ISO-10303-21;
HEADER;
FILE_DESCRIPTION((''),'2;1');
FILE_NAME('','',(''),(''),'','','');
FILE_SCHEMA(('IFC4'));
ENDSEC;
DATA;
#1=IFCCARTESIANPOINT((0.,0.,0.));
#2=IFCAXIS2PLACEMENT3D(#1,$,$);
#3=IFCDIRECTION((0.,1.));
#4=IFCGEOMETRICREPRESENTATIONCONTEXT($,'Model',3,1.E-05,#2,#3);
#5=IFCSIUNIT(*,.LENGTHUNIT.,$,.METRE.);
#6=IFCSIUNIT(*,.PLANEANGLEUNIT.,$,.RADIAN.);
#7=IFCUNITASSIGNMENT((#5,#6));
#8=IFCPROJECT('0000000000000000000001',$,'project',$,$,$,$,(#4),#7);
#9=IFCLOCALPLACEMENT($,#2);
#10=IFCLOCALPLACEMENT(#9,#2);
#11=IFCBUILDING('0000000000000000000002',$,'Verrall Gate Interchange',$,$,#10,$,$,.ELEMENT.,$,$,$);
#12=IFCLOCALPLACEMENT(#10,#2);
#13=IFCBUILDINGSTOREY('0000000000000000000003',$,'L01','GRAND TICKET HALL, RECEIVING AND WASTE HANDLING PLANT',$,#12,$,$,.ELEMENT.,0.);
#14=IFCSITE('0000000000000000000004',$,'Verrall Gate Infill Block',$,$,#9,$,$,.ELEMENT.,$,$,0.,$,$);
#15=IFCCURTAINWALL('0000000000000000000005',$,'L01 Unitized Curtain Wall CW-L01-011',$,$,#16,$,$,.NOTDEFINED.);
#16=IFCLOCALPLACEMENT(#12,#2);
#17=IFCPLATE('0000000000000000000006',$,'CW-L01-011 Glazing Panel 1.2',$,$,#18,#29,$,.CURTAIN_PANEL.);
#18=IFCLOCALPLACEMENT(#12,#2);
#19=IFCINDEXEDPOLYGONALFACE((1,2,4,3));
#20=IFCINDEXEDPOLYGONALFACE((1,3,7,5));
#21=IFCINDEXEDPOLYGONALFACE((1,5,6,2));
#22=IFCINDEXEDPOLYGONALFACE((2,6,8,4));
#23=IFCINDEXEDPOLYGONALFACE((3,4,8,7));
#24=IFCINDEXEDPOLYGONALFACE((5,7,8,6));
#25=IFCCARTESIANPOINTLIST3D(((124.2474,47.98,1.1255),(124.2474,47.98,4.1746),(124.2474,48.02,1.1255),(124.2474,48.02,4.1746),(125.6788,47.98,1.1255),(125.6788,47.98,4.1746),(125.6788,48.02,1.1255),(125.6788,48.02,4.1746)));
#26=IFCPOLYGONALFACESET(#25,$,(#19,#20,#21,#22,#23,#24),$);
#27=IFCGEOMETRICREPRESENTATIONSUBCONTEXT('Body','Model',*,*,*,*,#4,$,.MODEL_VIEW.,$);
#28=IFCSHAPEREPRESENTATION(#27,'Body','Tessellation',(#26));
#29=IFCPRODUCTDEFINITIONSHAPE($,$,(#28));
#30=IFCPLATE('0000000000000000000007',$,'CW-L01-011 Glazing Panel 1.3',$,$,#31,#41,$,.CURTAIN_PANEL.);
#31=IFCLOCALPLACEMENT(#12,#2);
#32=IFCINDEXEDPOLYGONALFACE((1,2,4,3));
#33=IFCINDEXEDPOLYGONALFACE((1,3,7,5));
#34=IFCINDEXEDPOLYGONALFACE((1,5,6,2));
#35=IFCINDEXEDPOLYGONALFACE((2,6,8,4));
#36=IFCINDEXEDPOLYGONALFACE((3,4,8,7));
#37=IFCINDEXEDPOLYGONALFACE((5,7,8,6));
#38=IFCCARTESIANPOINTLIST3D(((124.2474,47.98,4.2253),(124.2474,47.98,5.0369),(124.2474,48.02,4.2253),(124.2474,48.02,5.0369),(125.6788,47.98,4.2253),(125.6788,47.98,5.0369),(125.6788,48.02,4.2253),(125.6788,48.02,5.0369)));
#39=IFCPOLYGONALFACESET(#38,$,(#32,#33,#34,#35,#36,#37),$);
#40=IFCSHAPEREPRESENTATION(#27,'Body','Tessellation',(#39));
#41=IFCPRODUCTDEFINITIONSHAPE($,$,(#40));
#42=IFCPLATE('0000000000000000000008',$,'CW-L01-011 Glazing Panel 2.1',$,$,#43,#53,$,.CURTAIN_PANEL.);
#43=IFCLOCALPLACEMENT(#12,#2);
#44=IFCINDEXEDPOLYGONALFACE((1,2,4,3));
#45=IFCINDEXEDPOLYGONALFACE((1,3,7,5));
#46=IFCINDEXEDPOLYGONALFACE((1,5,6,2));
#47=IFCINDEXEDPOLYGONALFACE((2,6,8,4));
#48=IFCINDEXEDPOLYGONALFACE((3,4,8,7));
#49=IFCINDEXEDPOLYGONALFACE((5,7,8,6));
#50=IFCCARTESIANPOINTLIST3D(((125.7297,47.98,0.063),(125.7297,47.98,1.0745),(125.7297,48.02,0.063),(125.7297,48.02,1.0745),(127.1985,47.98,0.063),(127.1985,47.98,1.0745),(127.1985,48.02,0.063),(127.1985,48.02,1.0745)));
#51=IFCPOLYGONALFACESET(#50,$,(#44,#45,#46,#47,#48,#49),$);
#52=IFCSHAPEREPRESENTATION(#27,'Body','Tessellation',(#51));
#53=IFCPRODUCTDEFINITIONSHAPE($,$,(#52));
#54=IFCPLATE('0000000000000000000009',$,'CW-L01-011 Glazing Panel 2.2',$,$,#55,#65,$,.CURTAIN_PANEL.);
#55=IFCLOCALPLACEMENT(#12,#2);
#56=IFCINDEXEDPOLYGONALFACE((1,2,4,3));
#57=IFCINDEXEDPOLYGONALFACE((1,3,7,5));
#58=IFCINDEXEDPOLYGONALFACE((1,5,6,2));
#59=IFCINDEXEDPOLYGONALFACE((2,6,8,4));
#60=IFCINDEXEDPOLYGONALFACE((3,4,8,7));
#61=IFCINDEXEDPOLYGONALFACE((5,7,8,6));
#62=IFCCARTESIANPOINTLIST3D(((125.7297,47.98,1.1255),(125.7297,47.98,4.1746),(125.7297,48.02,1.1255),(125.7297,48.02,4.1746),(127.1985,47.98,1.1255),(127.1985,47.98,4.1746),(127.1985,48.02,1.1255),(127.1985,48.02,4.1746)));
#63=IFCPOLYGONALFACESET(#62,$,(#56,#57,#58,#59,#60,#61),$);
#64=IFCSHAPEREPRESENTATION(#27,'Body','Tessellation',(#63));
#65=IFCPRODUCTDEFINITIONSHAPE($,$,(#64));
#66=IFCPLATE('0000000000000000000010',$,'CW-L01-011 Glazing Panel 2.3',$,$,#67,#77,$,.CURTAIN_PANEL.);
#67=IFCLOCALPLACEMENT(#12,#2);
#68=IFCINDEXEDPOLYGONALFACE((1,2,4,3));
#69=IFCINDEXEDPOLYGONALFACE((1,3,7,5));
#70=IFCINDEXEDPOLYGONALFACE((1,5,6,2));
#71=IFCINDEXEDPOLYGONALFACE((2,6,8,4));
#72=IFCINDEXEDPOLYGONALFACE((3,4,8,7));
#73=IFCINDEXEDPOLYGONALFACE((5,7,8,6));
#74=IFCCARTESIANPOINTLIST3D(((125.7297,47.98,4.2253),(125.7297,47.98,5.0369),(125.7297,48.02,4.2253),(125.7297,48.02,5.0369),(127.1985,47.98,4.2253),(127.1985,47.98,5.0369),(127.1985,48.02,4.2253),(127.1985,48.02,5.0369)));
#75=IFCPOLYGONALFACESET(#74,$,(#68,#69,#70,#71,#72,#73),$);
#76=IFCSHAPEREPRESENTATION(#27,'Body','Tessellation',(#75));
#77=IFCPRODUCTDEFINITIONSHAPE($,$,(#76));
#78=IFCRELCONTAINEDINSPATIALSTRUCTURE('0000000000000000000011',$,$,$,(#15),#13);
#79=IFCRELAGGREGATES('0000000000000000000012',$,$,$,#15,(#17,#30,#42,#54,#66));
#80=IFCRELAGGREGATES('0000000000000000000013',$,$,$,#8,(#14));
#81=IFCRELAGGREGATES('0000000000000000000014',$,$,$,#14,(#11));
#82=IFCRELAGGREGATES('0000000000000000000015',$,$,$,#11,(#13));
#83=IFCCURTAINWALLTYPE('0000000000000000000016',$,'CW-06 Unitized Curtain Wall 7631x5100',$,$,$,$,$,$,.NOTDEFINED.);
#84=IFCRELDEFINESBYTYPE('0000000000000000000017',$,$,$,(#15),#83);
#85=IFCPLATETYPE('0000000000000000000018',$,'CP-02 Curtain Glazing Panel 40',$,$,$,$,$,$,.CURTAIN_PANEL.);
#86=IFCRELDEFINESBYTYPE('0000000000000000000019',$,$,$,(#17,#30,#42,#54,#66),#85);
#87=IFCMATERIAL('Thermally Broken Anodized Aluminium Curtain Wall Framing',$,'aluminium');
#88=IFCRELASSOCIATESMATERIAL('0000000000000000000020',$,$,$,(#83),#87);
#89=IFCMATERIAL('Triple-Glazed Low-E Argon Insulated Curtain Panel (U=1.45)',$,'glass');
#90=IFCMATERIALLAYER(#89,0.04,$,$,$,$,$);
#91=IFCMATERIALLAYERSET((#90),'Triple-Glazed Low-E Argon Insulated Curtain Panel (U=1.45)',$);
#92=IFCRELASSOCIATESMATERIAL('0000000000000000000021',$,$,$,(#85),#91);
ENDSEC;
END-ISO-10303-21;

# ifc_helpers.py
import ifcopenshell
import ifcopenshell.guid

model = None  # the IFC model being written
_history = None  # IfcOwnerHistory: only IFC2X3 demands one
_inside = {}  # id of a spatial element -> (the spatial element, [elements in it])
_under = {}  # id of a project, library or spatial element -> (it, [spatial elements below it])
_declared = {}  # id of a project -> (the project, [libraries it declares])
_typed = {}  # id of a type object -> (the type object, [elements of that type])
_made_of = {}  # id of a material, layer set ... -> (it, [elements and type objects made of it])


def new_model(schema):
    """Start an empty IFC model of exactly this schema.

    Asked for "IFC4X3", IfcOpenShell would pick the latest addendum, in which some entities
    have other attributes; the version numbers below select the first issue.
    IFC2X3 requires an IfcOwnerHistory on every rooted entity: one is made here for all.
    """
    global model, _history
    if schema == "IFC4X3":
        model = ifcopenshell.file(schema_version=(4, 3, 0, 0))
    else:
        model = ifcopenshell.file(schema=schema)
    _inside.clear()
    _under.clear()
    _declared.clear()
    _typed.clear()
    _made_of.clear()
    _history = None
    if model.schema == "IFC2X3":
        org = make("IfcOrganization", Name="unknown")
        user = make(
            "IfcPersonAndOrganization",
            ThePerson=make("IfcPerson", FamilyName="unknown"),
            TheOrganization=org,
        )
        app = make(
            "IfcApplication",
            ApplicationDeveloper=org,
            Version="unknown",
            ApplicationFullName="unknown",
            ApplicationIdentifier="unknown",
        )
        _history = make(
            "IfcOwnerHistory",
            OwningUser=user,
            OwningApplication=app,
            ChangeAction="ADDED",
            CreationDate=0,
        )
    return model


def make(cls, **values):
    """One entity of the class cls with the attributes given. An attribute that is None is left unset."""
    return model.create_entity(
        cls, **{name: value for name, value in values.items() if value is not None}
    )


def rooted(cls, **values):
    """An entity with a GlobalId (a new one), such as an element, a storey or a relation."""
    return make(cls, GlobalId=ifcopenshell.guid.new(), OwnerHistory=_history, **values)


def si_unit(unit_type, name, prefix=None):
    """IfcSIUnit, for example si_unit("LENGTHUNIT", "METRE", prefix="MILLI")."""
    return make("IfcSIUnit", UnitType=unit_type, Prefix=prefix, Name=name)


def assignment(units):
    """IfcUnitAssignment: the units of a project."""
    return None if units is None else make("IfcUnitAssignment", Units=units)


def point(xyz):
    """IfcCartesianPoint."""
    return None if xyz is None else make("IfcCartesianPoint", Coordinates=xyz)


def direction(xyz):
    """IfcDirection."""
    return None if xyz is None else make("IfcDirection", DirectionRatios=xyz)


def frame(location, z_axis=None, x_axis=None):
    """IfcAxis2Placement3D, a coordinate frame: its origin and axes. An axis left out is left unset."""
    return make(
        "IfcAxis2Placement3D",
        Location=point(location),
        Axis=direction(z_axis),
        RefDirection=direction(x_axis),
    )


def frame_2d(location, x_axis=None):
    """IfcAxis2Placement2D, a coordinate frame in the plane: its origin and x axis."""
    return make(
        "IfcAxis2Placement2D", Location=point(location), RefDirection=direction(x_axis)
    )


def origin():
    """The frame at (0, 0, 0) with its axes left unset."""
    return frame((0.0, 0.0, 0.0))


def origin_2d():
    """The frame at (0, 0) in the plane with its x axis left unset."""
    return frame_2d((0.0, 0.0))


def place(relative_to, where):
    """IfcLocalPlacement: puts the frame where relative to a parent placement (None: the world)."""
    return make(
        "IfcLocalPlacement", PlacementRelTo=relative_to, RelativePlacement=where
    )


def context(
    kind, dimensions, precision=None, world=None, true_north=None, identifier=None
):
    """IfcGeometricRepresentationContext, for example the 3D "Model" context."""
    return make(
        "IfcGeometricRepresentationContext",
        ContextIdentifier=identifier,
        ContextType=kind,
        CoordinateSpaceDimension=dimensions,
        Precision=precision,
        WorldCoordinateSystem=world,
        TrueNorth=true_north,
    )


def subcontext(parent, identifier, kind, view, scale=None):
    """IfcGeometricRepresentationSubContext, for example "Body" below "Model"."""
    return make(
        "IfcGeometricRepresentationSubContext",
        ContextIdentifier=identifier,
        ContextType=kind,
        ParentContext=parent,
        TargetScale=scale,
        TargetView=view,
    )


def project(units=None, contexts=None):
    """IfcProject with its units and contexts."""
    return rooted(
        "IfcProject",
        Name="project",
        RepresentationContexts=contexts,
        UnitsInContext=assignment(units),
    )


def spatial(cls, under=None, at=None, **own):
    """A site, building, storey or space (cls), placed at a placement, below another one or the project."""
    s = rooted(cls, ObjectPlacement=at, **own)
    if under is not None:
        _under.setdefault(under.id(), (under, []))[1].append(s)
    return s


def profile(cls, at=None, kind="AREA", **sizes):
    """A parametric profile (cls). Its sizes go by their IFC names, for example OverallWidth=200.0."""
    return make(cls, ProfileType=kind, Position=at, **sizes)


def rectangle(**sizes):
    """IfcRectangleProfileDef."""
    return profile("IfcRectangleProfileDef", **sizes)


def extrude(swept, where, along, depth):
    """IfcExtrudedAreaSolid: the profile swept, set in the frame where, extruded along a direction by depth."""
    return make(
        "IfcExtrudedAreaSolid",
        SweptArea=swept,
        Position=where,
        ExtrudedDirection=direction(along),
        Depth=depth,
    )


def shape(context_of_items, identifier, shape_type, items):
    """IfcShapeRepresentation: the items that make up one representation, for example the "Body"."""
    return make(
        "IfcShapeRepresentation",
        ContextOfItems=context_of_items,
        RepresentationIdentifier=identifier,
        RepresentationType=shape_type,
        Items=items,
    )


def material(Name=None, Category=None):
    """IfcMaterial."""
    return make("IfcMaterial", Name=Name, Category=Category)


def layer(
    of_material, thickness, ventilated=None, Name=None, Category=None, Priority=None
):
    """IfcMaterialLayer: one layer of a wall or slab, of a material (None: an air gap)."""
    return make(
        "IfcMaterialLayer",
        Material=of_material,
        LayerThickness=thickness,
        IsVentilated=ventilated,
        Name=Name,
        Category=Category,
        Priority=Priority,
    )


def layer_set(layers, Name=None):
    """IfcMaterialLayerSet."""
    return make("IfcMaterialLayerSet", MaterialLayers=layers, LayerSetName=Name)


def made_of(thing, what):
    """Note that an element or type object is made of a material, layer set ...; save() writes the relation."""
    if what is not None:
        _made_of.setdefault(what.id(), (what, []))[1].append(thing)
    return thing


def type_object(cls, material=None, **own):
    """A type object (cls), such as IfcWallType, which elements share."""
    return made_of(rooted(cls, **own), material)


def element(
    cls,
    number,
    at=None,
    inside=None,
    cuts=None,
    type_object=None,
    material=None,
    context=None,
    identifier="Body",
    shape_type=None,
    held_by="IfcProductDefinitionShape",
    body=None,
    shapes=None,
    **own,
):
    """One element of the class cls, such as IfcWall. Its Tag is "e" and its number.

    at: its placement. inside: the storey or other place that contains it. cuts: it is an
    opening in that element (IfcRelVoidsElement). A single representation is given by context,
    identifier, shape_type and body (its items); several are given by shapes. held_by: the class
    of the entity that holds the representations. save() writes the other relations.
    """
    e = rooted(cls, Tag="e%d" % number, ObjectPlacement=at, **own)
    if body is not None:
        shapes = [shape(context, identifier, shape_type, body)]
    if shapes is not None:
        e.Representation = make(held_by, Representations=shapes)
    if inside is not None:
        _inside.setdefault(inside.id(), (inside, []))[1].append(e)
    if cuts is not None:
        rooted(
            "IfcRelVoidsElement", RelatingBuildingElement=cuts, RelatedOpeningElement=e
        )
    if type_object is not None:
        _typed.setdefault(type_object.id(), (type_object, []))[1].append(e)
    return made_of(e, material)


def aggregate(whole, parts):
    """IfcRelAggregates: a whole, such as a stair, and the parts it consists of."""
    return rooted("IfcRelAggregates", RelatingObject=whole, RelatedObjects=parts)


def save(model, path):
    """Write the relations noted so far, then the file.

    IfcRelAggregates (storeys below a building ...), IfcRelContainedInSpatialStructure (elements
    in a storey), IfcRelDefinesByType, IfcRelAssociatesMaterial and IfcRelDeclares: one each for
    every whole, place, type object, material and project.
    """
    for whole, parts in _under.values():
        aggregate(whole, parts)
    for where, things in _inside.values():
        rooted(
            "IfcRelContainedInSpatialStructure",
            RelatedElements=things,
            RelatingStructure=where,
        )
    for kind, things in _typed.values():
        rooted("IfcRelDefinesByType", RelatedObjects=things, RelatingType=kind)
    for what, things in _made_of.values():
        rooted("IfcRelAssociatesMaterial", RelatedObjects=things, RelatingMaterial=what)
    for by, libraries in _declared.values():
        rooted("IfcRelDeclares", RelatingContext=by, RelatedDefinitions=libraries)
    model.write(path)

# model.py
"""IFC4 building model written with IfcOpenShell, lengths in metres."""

from ifc_helpers import new_model, si_unit, direction, frame, origin, origin_2d, place, context, subcontext, project, spatial, rectangle, extrude, material, layer, layer_set, type_object, element, aggregate, save


model = new_model("IFC4")

# Units and contexts
model_context = context("Model", 3, precision=1e-05, world=origin(), true_north=direction((0.0, 1.0)))
body_context = subcontext(model_context, "Body", "Model", "MODEL_VIEW")
ifc_project = project(units=[si_unit("LENGTHUNIT", "METRE"), si_unit("PLANEANGLEUNIT", "RADIAN")], contexts=[model_context])

# Site, building, storey
site_placement = place(None, origin())
site = spatial("IfcSite", under=ifc_project, at=site_placement, Name="Verrall Gate Infill Block", CompositionType="ELEMENT", RefElevation=0.0)
building_placement = place(site_placement, origin())
building = spatial("IfcBuilding", under=site, at=building_placement, Name="Verrall Gate Interchange", CompositionType="ELEMENT")
storey_placement = place(building_placement, origin())
storey = spatial("IfcBuildingStorey", under=building, at=storey_placement, Name="L01", Description="GRAND TICKET HALL, RECEIVING AND WASTE HANDLING PLANT", CompositionType="ELEMENT", Elevation=0.0)

# Shared definitions
ifc_material_1 = material(Name="Thermally Broken Anodized Aluminium Curtain Wall Framing", Category="aluminium")
curtain_wall_type = type_object("IfcCurtainWallType", Name="CW-06 Unitized Curtain Wall 7631x5100", PredefinedType="NOTDEFINED", material=ifc_material_1)

# Curtain wall
curtain_wall_1_placement = place(storey_placement, origin())
curtain_wall_1 = element("IfcCurtainWall", 1, at=curtain_wall_1_placement, inside=storey, type_object=curtain_wall_type, Name="L01 Unitized Curtain Wall CW-L01-011", PredefinedType="NOTDEFINED")

# Plates
ifc_material_2 = material(Name="Triple-Glazed Low-E Argon Insulated Curtain Panel (U=1.45)", Category="glass")
ifc_layer_1 = layer(ifc_material_2, 0.04)
ifc_layer_set_1 = layer_set([ifc_layer_1], Name="Triple-Glazed Low-E Argon Insulated Curtain Panel (U=1.45)")
plate_type_1 = type_object("IfcPlateType", Name="CP-02 Curtain Glazing Panel 40", PredefinedType="CURTAIN_PANEL", material=ifc_layer_set_1)
plate_1_placement = place(storey_placement, frame((124.9631, 48.0, 1.1255), z_axis=(0.0, 0.0, 1.0), x_axis=(1.0, 0.0, 0.0)))
plate_1 = element("IfcPlate", 2, at=plate_1_placement, type_object=plate_type_1, Name="CW-L01-011 Glazing Panel 1.2", PredefinedType="CURTAIN_PANEL", context=body_context, shape_type="SweptSolid", body=[
    extrude(rectangle(XDim=1.4314, YDim=0.04, at=origin_2d()), origin(), (0.0, 0.0, 1.0), 3.0491),
])
plate_2_placement = place(storey_placement, frame((124.9631, 48.0, 4.2253), z_axis=(0.0, 0.0, 1.0), x_axis=(1.0, 0.0, 0.0)))
plate_2 = element("IfcPlate", 3, at=plate_2_placement, type_object=plate_type_1, Name="CW-L01-011 Glazing Panel 1.3", PredefinedType="CURTAIN_PANEL", context=body_context, shape_type="SweptSolid", body=[
    extrude(rectangle(XDim=1.4314, YDim=0.04, at=origin_2d()), origin(), (0.0, 0.0, 1.0), 0.8115),
])
plate_3_placement = place(storey_placement, frame((126.4641, 48.0, 0.063), z_axis=(0.0, 0.0, 1.0), x_axis=(1.0, 0.0, 0.0)))
plate_3 = element("IfcPlate", 4, at=plate_3_placement, type_object=plate_type_1, Name="CW-L01-011 Glazing Panel 2.1", PredefinedType="CURTAIN_PANEL", context=body_context, shape_type="SweptSolid", body=[
    extrude(rectangle(XDim=1.4688, YDim=0.04, at=origin_2d()), origin(), (0.0, 0.0, 1.0), 1.0115),
])
plate_4_placement = place(storey_placement, frame((126.4641, 48.0, 1.1255), z_axis=(0.0, 0.0, 1.0), x_axis=(1.0, 0.0, 0.0)))
plate_4 = element("IfcPlate", 5, at=plate_4_placement, type_object=plate_type_1, Name="CW-L01-011 Glazing Panel 2.2", PredefinedType="CURTAIN_PANEL", context=body_context, shape_type="SweptSolid", body=[
    extrude(rectangle(XDim=1.4688, YDim=0.04, at=origin_2d()), origin(), (0.0, 0.0, 1.0), 3.0491),
])
plate_5_placement = place(storey_placement, frame((126.4641, 48.0, 4.2253), z_axis=(0.0, 0.0, 1.0), x_axis=(1.0, 0.0, 0.0)))
plate_5 = element("IfcPlate", 6, at=plate_5_placement, type_object=plate_type_1, Name="CW-L01-011 Glazing Panel 2.3", PredefinedType="CURTAIN_PANEL", context=body_context, shape_type="SweptSolid", body=[
    extrude(rectangle(XDim=1.4688, YDim=0.04, at=origin_2d()), origin(), (0.0, 0.0, 1.0), 0.8115),
])
aggregate(curtain_wall_1, [plate_1, plate_2, plate_3, plate_4, plate_5])

save(model, "model.ifc")
